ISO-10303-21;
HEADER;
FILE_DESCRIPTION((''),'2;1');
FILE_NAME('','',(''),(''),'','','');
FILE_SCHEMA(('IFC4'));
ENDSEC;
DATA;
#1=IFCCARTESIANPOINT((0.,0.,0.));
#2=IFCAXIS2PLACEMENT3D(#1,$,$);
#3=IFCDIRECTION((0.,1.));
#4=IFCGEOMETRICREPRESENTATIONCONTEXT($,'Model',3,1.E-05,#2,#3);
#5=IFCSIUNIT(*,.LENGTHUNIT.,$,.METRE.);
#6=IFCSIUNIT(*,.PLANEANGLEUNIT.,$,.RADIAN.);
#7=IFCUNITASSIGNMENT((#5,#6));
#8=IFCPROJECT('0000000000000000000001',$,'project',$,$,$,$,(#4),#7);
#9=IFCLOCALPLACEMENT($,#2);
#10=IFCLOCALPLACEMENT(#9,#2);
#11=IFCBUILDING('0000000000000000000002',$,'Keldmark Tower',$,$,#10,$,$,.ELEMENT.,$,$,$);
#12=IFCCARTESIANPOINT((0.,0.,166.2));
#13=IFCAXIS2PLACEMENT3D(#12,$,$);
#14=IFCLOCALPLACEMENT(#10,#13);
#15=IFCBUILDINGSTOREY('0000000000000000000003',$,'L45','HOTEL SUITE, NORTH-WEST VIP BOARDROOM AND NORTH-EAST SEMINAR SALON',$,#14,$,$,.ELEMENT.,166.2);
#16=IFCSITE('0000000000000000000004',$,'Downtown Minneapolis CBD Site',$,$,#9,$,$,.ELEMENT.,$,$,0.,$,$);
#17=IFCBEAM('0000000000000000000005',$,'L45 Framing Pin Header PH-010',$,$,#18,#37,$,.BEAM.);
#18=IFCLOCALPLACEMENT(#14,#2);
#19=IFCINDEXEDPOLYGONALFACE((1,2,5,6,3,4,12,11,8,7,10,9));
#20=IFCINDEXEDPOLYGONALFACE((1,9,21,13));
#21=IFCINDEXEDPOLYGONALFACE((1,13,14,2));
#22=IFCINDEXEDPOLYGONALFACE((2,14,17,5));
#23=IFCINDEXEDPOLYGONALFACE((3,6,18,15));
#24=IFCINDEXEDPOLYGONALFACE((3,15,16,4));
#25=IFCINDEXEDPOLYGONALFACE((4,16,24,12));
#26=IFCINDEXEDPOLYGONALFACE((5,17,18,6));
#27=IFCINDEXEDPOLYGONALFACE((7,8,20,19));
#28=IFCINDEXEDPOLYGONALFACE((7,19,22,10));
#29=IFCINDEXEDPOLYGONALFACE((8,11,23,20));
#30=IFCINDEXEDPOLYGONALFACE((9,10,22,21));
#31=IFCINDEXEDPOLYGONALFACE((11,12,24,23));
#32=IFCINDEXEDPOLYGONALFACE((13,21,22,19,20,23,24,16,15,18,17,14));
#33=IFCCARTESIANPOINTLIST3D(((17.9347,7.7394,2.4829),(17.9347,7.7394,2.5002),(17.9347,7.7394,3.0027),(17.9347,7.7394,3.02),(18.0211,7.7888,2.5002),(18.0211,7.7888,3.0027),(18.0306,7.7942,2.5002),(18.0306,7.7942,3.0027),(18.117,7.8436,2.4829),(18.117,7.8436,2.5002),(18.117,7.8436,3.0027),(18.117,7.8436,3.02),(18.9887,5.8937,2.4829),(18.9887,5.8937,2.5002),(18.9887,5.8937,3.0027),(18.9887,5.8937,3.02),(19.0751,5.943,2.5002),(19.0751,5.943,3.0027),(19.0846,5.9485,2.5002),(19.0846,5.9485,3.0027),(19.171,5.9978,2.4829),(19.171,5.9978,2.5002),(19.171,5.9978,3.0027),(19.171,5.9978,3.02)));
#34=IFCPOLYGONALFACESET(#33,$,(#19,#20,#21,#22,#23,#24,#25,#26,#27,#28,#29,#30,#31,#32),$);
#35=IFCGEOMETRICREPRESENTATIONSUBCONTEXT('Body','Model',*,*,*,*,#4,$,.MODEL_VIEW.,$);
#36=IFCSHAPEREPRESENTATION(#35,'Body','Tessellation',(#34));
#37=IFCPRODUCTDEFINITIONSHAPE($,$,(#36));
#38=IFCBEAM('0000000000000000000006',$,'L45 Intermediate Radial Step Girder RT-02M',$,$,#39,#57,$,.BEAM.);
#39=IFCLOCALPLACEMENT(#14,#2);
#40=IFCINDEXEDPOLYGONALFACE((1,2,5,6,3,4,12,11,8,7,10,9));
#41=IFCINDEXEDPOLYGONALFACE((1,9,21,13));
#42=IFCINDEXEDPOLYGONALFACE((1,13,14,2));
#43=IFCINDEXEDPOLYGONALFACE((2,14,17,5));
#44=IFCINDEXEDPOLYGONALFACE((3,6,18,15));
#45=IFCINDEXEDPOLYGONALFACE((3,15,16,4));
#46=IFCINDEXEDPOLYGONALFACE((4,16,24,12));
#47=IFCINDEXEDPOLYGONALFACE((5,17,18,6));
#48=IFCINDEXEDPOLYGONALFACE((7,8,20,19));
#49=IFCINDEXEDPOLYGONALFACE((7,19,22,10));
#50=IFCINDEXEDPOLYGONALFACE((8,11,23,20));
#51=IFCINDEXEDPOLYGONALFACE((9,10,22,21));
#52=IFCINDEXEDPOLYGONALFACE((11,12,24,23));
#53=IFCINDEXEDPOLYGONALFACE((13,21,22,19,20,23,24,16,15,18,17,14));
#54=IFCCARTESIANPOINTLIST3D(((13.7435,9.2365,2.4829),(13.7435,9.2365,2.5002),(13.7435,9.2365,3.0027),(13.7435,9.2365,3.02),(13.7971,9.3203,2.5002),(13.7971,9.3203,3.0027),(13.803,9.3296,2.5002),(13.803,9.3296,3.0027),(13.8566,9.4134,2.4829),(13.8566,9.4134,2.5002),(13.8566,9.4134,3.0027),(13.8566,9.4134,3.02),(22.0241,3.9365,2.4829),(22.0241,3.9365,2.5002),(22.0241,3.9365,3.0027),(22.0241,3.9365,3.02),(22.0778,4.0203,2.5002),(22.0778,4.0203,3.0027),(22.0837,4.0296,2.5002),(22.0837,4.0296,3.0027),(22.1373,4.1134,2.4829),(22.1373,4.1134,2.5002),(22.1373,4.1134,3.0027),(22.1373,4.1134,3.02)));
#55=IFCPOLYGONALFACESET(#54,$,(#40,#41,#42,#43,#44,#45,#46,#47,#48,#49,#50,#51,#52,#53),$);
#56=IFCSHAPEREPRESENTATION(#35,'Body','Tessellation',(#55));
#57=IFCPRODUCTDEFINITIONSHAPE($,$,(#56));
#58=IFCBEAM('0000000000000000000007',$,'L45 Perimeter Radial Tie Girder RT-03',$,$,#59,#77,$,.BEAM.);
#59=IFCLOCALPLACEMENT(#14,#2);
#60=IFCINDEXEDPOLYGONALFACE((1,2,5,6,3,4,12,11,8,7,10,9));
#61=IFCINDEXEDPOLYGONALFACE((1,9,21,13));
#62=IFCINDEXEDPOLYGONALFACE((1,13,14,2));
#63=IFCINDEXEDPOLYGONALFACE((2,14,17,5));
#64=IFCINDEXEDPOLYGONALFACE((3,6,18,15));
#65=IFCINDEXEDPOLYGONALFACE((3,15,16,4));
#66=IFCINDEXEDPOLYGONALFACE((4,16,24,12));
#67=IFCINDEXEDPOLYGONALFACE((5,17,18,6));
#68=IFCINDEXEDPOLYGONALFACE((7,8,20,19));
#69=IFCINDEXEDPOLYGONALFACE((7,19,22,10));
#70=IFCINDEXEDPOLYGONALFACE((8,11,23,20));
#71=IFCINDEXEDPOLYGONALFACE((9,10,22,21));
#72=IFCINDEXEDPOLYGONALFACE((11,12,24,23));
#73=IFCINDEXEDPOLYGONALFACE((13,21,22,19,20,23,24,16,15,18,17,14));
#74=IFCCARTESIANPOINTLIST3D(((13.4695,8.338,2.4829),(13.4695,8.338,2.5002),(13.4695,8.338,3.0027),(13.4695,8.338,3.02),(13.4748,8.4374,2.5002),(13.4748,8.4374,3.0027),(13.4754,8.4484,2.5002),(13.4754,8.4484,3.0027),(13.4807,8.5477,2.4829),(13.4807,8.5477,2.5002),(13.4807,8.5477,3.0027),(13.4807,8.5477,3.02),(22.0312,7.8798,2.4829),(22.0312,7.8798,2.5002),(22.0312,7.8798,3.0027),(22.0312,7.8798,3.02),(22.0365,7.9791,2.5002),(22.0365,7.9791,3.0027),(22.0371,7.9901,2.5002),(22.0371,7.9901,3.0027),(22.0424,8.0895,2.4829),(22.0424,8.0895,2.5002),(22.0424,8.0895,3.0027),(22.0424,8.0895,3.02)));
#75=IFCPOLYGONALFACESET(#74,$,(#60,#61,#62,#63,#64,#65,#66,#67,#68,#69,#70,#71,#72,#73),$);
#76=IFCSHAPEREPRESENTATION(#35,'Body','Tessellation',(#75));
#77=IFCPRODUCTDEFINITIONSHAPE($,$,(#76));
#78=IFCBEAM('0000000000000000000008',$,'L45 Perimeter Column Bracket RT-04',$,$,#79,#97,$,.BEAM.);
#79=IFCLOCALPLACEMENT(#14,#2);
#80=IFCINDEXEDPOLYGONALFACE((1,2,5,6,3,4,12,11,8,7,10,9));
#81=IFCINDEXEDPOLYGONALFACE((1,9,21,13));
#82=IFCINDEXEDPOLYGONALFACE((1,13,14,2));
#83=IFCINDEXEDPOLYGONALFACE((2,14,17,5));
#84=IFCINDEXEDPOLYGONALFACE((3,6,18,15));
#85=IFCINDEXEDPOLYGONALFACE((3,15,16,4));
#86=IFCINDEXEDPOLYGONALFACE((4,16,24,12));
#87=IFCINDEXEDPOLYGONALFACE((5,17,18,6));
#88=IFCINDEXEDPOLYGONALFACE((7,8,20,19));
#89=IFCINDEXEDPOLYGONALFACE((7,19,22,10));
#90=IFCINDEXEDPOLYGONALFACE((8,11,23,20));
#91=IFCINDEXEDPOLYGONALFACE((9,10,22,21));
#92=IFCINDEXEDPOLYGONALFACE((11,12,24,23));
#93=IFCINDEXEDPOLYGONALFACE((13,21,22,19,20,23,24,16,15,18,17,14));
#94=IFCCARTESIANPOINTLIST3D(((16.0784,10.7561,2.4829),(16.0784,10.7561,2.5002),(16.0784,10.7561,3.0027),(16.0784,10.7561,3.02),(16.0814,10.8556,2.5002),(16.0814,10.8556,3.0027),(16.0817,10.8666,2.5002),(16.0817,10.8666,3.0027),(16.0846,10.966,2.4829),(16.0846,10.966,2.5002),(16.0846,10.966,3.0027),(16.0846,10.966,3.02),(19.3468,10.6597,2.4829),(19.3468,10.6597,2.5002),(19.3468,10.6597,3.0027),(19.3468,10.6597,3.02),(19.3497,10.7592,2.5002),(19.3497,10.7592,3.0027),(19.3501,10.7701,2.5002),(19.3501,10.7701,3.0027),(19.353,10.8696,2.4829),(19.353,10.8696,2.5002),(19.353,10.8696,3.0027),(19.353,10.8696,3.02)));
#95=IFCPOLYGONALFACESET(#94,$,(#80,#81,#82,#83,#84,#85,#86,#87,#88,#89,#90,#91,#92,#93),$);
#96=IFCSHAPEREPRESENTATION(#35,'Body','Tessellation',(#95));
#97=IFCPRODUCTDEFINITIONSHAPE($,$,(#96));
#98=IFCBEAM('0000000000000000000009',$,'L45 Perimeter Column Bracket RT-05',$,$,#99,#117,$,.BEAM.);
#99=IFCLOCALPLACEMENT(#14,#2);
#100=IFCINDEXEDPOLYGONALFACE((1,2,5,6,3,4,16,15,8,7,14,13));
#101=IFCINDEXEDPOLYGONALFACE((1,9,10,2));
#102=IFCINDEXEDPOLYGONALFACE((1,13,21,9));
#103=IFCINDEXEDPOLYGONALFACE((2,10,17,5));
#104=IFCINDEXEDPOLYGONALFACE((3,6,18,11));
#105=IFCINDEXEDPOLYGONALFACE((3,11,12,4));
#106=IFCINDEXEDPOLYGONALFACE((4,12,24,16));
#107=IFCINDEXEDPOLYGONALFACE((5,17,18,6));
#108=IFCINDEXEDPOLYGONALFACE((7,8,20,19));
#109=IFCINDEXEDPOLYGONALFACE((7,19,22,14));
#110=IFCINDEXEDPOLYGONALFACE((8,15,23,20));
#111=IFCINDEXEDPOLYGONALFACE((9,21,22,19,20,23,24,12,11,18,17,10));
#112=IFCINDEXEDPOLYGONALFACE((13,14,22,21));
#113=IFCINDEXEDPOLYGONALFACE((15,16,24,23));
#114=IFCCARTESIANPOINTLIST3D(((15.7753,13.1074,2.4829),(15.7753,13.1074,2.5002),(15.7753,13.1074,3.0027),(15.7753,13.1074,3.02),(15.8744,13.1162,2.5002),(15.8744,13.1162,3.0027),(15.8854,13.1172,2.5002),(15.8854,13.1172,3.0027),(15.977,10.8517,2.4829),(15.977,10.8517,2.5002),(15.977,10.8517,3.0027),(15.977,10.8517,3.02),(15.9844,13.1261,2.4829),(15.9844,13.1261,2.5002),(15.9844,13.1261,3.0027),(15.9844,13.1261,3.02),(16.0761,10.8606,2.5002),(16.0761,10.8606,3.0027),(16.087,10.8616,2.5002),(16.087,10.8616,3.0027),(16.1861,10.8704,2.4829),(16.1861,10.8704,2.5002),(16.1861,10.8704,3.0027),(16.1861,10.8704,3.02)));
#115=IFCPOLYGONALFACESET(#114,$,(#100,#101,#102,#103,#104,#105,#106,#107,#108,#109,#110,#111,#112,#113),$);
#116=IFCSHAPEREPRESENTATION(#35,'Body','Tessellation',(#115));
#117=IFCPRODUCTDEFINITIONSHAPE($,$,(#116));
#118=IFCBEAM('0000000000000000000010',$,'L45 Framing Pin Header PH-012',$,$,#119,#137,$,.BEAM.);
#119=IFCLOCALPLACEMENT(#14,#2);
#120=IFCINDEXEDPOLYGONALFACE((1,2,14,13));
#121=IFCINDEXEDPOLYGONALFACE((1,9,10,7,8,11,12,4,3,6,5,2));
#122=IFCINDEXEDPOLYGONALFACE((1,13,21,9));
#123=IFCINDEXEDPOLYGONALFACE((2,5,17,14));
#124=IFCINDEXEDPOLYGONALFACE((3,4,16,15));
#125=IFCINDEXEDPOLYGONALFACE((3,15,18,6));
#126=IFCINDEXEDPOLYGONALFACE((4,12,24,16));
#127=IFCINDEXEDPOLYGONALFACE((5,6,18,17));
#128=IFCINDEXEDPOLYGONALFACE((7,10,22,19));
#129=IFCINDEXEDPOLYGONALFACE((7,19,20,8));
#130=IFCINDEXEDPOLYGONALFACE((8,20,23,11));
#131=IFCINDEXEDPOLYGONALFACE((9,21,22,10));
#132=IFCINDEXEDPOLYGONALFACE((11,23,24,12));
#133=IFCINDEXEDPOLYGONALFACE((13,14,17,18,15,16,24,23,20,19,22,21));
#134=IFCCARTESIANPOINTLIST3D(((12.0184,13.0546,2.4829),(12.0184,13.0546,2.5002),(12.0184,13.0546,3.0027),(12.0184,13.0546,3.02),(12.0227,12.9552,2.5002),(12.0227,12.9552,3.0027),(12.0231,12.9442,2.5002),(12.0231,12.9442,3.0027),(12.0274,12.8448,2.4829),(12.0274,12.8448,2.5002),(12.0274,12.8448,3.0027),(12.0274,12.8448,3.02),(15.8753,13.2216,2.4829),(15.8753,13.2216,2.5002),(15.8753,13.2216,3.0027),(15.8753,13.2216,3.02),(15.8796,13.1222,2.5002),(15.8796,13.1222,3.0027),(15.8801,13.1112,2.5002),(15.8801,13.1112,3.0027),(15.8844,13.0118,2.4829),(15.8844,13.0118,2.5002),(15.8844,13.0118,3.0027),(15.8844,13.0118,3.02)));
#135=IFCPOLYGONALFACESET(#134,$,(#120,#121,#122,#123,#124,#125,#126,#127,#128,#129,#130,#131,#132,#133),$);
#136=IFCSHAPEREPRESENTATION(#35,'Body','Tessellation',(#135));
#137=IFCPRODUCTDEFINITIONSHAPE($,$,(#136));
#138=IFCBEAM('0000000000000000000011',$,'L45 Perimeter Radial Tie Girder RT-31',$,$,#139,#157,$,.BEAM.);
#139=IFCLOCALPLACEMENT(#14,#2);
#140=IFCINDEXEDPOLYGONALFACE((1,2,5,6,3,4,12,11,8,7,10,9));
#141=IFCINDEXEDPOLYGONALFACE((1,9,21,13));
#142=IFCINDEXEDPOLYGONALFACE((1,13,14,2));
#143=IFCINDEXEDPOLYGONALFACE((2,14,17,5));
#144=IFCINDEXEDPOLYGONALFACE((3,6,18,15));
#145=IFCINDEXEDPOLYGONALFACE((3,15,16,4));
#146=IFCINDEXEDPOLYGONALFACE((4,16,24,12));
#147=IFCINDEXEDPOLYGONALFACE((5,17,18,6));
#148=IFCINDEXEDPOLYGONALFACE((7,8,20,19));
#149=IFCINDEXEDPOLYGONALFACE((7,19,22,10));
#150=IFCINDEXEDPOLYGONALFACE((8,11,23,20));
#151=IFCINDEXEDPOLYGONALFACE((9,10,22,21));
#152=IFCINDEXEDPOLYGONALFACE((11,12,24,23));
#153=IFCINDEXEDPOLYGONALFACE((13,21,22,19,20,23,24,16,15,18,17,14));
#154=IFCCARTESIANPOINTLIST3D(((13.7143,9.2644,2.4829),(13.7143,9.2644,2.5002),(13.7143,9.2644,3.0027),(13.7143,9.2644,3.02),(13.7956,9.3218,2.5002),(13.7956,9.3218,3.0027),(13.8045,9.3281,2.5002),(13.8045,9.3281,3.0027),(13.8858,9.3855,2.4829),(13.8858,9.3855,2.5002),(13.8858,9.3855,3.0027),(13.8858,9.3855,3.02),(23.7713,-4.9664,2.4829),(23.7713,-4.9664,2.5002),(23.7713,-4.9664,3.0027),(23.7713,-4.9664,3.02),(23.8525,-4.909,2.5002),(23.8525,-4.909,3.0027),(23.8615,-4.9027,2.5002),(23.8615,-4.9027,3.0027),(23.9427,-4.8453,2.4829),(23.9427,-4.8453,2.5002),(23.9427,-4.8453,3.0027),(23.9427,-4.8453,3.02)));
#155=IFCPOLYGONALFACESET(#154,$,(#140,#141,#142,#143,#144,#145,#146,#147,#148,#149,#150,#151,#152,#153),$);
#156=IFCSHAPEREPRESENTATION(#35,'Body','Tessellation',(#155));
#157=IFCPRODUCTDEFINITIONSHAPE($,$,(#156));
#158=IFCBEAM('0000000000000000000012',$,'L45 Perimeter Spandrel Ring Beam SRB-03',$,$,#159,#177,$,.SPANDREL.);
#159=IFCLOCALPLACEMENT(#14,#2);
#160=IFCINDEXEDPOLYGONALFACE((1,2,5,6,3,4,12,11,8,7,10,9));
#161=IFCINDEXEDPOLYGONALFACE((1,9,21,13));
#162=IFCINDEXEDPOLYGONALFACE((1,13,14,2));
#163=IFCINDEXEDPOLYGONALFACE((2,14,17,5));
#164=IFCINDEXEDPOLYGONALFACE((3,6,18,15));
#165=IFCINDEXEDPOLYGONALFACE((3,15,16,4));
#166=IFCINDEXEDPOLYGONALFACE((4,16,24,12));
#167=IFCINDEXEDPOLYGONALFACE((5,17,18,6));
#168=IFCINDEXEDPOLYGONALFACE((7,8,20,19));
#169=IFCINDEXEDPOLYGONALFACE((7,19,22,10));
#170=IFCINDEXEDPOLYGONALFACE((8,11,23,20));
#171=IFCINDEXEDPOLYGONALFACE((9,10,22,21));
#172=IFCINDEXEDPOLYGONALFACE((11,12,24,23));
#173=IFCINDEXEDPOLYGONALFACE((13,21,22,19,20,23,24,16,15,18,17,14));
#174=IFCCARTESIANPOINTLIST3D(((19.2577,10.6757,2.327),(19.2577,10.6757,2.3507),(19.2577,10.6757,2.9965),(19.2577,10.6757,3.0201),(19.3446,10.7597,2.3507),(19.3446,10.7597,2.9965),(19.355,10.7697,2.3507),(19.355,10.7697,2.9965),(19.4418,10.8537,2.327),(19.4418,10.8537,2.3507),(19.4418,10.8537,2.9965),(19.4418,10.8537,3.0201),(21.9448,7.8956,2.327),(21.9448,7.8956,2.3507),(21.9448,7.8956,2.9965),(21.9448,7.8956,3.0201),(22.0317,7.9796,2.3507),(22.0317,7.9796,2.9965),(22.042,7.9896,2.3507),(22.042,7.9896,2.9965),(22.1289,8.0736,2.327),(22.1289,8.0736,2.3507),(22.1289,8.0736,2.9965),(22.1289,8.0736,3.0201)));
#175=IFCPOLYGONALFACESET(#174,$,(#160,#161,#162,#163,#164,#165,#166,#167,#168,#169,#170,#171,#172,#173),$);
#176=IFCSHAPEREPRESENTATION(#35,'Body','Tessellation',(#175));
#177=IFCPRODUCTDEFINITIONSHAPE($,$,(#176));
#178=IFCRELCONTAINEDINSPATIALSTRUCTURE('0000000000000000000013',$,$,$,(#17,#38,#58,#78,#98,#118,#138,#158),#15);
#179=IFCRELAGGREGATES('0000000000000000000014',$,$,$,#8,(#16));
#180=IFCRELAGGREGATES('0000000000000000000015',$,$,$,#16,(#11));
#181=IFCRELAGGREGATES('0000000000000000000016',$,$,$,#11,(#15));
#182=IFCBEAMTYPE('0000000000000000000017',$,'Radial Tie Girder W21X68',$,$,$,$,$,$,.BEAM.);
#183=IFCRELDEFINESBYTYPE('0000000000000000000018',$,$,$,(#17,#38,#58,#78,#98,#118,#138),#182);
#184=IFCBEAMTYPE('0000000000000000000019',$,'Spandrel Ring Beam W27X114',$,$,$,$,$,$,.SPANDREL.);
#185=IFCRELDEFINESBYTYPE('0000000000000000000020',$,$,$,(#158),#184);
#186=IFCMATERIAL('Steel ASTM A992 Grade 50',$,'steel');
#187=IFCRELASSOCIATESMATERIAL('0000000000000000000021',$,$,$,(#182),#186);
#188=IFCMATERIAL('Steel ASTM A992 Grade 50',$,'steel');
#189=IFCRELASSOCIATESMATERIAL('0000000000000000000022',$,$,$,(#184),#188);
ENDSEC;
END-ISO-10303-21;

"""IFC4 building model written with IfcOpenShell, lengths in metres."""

from ifc_helpers import new_model, si_unit, direction, frame, origin, origin_2d, place, context, subcontext, project, spatial, i_section, extrude, material, material_profile, profile_set, type_object, element, save


model = new_model("IFC4")

# Units and contexts
model_context = context("Model", 3, precision=1e-05, world=origin(), true_north=direction((0.0, 1.0)))
body_context = subcontext(model_context, "Body", "Model", "MODEL_VIEW")
ifc_project = project(units=[si_unit("LENGTHUNIT", "METRE"), si_unit("PLANEANGLEUNIT", "RADIAN")], contexts=[model_context])

# Site, building, storey
site_placement = place(None, origin())
site = spatial("IfcSite", under=ifc_project, at=site_placement, Name="Downtown Minneapolis CBD Site", CompositionType="ELEMENT", RefElevation=0.0)
building_placement = place(site_placement, origin())
building = spatial("IfcBuilding", under=site, at=building_placement, Name="Keldmark Tower", CompositionType="ELEMENT")
storey_placement = place(building_placement, frame((0.0, 0.0, 166.2)))
storey = spatial("IfcBuildingStorey", under=building, at=storey_placement, Name="L45", Description="HOTEL SUITE, NORTH-WEST VIP BOARDROOM AND NORTH-EAST SEMINAR SALON", CompositionType="ELEMENT", Elevation=166.2)

# Beams
ifc_material_1 = material(Name="Steel ASTM A992 Grade 50", Category="steel")
ifc_material_profile_1 = material_profile(ifc_material_1, i_section(OverallWidth=0.21, OverallDepth=0.5371, WebThickness=0.011, FlangeThickness=0.0173, at=origin_2d()), Name="W21X68")
ifc_profile_set_1 = profile_set([ifc_material_profile_1], Name="Steel ASTM A992 Grade 50")
beam_type_1 = type_object("IfcBeamType", Name="Radial Tie Girder W21X68", PredefinedType="BEAM", material=ifc_profile_set_1)
beam_1_placement = place(storey_placement, frame((18.0259, 7.7915, 2.7515), z_axis=(0.495879, -0.868392, 0.0), x_axis=(0.868392, 0.495879, 0.0)))
element("IfcBeam", 1, at=beam_1_placement, inside=storey, type_object=beam_type_1, Name="L45 Framing Pin Header PH-010", PredefinedType="BEAM", context=body_context, shape_type="SweptSolid", body=[
    extrude(i_section(OverallWidth=0.21, OverallDepth=0.5371, WebThickness=0.011, FlangeThickness=0.0173, at=origin_2d()), origin(), (0.0, 0.0, 1.0), 2.1255),
])
beam_2_placement = place(storey_placement, frame((13.8, 9.325, 2.7515), z_axis=(0.842255, -0.53908, 0.0), x_axis=(0.53908, 0.842255, 0.0)))
element("IfcBeam", 2, at=beam_2_placement, inside=storey, type_object=beam_type_1, Name="L45 Intermediate Radial Step Girder RT-02M", PredefinedType="BEAM", context=body_context, shape_type="SweptSolid", body=[
    extrude(i_section(OverallWidth=0.21, OverallDepth=0.5371, WebThickness=0.011, FlangeThickness=0.0173, at=origin_2d()), origin(), (0.0, 0.0, 1.0), 9.8315),
])
beam_3_placement = place(storey_placement, frame((13.4751, 8.4429, 2.7515), z_axis=(0.998571, -0.053447, 0.0), x_axis=(0.053447, 0.998571, 0.0)))
element("IfcBeam", 3, at=beam_3_placement, inside=storey, type_object=beam_type_1, Name="L45 Perimeter Radial Tie Girder RT-03", PredefinedType="BEAM", context=body_context, shape_type="SweptSolid", body=[
    extrude(i_section(OverallWidth=0.21, OverallDepth=0.5371, WebThickness=0.011, FlangeThickness=0.0173, at=origin_2d()), origin(), (0.0, 0.0, 1.0), 8.574),
])
beam_4_placement = place(storey_placement, frame((16.0815, 10.8611, 2.7515), z_axis=(0.999565, -0.029493, 0.0), x_axis=(0.029493, 0.999565, 0.0)))
element("IfcBeam", 4, at=beam_4_placement, inside=storey, type_object=beam_type_1, Name="L45 Perimeter Column Bracket RT-04", PredefinedType="BEAM", context=body_context, shape_type="SweptSolid", body=[
    extrude(i_section(OverallWidth=0.21, OverallDepth=0.5371, WebThickness=0.011, FlangeThickness=0.0173, at=origin_2d()), origin(), (0.0, 0.0, 1.0), 3.2698),
])
beam_5_placement = place(storey_placement, frame((16.0815, 10.8611, 2.7515), z_axis=(-0.089048, 0.996027, 0.0), x_axis=(-0.996027, -0.089048, 0.0)))
element("IfcBeam", 5, at=beam_5_placement, inside=storey, type_object=beam_type_1, Name="L45 Perimeter Column Bracket RT-05", PredefinedType="BEAM", context=body_context, shape_type="SweptSolid", body=[
    extrude(i_section(OverallWidth=0.21, OverallDepth=0.5371, WebThickness=0.011, FlangeThickness=0.0173, at=origin_2d()), origin(), (0.0, 0.0, 1.0), 2.2646),
])
beam_6_placement = place(storey_placement, frame((15.8799, 13.1167, 2.7515), z_axis=(-0.999064, -0.043256, 0.0), x_axis=(0.043256, -0.999064, 0.0)))
element("IfcBeam", 6, at=beam_6_placement, inside=storey, type_object=beam_type_1, Name="L45 Framing Pin Header PH-012", PredefinedType="BEAM", context=body_context, shape_type="SweptSolid", body=[
    extrude(i_section(OverallWidth=0.21, OverallDepth=0.5371, WebThickness=0.011, FlangeThickness=0.0173, at=origin_2d()), origin(), (0.0, 0.0, 1.0), 3.8606),
])
beam_7_placement = place(storey_placement, frame((13.8, 9.325, 2.7515), z_axis=(0.57713, -0.816652, 0.0), x_axis=(0.816652, 0.57713, 0.0)))
element("IfcBeam", 7, at=beam_7_placement, inside=storey, type_object=beam_type_1, Name="L45 Perimeter Radial Tie Girder RT-31", PredefinedType="BEAM", context=body_context, shape_type="SweptSolid", body=[
    extrude(i_section(OverallWidth=0.21, OverallDepth=0.5371, WebThickness=0.011, FlangeThickness=0.0173, at=origin_2d()), origin(), (0.0, 0.0, 1.0), 17.4258),
])
ifc_material_2 = material(Name="Steel ASTM A992 Grade 50", Category="steel")
ifc_material_profile_2 = material_profile(ifc_material_2, i_section(OverallWidth=0.2561, OverallDepth=0.6931, WebThickness=0.0144, FlangeThickness=0.0237, at=origin_2d()), Name="W27X114")
ifc_profile_set_2 = profile_set([ifc_material_profile_2], Name="Steel ASTM A992 Grade 50")
beam_type_2 = type_object("IfcBeamType", Name="Spandrel Ring Beam W27X114", PredefinedType="SPANDREL", material=ifc_profile_set_2)
beam_8_placement = place(storey_placement, frame((22.0369, 7.9846, 2.6736), z_axis=(-0.694975, 0.719034, 0.0), x_axis=(-0.719034, -0.694975, 0.0)))
element("IfcBeam", 8, at=beam_8_placement, inside=storey, type_object=beam_type_2, Name="L45 Perimeter Spandrel Ring Beam SRB-03", PredefinedType="SPANDREL", context=body_context, shape_type="SweptSolid", body=[
    extrude(i_section(OverallWidth=0.2561, OverallDepth=0.6931, WebThickness=0.0144, FlangeThickness=0.0237, at=origin_2d()), origin(), (0.0, 0.0, 1.0), 3.8665),
])

save(model, "model.ifc")
